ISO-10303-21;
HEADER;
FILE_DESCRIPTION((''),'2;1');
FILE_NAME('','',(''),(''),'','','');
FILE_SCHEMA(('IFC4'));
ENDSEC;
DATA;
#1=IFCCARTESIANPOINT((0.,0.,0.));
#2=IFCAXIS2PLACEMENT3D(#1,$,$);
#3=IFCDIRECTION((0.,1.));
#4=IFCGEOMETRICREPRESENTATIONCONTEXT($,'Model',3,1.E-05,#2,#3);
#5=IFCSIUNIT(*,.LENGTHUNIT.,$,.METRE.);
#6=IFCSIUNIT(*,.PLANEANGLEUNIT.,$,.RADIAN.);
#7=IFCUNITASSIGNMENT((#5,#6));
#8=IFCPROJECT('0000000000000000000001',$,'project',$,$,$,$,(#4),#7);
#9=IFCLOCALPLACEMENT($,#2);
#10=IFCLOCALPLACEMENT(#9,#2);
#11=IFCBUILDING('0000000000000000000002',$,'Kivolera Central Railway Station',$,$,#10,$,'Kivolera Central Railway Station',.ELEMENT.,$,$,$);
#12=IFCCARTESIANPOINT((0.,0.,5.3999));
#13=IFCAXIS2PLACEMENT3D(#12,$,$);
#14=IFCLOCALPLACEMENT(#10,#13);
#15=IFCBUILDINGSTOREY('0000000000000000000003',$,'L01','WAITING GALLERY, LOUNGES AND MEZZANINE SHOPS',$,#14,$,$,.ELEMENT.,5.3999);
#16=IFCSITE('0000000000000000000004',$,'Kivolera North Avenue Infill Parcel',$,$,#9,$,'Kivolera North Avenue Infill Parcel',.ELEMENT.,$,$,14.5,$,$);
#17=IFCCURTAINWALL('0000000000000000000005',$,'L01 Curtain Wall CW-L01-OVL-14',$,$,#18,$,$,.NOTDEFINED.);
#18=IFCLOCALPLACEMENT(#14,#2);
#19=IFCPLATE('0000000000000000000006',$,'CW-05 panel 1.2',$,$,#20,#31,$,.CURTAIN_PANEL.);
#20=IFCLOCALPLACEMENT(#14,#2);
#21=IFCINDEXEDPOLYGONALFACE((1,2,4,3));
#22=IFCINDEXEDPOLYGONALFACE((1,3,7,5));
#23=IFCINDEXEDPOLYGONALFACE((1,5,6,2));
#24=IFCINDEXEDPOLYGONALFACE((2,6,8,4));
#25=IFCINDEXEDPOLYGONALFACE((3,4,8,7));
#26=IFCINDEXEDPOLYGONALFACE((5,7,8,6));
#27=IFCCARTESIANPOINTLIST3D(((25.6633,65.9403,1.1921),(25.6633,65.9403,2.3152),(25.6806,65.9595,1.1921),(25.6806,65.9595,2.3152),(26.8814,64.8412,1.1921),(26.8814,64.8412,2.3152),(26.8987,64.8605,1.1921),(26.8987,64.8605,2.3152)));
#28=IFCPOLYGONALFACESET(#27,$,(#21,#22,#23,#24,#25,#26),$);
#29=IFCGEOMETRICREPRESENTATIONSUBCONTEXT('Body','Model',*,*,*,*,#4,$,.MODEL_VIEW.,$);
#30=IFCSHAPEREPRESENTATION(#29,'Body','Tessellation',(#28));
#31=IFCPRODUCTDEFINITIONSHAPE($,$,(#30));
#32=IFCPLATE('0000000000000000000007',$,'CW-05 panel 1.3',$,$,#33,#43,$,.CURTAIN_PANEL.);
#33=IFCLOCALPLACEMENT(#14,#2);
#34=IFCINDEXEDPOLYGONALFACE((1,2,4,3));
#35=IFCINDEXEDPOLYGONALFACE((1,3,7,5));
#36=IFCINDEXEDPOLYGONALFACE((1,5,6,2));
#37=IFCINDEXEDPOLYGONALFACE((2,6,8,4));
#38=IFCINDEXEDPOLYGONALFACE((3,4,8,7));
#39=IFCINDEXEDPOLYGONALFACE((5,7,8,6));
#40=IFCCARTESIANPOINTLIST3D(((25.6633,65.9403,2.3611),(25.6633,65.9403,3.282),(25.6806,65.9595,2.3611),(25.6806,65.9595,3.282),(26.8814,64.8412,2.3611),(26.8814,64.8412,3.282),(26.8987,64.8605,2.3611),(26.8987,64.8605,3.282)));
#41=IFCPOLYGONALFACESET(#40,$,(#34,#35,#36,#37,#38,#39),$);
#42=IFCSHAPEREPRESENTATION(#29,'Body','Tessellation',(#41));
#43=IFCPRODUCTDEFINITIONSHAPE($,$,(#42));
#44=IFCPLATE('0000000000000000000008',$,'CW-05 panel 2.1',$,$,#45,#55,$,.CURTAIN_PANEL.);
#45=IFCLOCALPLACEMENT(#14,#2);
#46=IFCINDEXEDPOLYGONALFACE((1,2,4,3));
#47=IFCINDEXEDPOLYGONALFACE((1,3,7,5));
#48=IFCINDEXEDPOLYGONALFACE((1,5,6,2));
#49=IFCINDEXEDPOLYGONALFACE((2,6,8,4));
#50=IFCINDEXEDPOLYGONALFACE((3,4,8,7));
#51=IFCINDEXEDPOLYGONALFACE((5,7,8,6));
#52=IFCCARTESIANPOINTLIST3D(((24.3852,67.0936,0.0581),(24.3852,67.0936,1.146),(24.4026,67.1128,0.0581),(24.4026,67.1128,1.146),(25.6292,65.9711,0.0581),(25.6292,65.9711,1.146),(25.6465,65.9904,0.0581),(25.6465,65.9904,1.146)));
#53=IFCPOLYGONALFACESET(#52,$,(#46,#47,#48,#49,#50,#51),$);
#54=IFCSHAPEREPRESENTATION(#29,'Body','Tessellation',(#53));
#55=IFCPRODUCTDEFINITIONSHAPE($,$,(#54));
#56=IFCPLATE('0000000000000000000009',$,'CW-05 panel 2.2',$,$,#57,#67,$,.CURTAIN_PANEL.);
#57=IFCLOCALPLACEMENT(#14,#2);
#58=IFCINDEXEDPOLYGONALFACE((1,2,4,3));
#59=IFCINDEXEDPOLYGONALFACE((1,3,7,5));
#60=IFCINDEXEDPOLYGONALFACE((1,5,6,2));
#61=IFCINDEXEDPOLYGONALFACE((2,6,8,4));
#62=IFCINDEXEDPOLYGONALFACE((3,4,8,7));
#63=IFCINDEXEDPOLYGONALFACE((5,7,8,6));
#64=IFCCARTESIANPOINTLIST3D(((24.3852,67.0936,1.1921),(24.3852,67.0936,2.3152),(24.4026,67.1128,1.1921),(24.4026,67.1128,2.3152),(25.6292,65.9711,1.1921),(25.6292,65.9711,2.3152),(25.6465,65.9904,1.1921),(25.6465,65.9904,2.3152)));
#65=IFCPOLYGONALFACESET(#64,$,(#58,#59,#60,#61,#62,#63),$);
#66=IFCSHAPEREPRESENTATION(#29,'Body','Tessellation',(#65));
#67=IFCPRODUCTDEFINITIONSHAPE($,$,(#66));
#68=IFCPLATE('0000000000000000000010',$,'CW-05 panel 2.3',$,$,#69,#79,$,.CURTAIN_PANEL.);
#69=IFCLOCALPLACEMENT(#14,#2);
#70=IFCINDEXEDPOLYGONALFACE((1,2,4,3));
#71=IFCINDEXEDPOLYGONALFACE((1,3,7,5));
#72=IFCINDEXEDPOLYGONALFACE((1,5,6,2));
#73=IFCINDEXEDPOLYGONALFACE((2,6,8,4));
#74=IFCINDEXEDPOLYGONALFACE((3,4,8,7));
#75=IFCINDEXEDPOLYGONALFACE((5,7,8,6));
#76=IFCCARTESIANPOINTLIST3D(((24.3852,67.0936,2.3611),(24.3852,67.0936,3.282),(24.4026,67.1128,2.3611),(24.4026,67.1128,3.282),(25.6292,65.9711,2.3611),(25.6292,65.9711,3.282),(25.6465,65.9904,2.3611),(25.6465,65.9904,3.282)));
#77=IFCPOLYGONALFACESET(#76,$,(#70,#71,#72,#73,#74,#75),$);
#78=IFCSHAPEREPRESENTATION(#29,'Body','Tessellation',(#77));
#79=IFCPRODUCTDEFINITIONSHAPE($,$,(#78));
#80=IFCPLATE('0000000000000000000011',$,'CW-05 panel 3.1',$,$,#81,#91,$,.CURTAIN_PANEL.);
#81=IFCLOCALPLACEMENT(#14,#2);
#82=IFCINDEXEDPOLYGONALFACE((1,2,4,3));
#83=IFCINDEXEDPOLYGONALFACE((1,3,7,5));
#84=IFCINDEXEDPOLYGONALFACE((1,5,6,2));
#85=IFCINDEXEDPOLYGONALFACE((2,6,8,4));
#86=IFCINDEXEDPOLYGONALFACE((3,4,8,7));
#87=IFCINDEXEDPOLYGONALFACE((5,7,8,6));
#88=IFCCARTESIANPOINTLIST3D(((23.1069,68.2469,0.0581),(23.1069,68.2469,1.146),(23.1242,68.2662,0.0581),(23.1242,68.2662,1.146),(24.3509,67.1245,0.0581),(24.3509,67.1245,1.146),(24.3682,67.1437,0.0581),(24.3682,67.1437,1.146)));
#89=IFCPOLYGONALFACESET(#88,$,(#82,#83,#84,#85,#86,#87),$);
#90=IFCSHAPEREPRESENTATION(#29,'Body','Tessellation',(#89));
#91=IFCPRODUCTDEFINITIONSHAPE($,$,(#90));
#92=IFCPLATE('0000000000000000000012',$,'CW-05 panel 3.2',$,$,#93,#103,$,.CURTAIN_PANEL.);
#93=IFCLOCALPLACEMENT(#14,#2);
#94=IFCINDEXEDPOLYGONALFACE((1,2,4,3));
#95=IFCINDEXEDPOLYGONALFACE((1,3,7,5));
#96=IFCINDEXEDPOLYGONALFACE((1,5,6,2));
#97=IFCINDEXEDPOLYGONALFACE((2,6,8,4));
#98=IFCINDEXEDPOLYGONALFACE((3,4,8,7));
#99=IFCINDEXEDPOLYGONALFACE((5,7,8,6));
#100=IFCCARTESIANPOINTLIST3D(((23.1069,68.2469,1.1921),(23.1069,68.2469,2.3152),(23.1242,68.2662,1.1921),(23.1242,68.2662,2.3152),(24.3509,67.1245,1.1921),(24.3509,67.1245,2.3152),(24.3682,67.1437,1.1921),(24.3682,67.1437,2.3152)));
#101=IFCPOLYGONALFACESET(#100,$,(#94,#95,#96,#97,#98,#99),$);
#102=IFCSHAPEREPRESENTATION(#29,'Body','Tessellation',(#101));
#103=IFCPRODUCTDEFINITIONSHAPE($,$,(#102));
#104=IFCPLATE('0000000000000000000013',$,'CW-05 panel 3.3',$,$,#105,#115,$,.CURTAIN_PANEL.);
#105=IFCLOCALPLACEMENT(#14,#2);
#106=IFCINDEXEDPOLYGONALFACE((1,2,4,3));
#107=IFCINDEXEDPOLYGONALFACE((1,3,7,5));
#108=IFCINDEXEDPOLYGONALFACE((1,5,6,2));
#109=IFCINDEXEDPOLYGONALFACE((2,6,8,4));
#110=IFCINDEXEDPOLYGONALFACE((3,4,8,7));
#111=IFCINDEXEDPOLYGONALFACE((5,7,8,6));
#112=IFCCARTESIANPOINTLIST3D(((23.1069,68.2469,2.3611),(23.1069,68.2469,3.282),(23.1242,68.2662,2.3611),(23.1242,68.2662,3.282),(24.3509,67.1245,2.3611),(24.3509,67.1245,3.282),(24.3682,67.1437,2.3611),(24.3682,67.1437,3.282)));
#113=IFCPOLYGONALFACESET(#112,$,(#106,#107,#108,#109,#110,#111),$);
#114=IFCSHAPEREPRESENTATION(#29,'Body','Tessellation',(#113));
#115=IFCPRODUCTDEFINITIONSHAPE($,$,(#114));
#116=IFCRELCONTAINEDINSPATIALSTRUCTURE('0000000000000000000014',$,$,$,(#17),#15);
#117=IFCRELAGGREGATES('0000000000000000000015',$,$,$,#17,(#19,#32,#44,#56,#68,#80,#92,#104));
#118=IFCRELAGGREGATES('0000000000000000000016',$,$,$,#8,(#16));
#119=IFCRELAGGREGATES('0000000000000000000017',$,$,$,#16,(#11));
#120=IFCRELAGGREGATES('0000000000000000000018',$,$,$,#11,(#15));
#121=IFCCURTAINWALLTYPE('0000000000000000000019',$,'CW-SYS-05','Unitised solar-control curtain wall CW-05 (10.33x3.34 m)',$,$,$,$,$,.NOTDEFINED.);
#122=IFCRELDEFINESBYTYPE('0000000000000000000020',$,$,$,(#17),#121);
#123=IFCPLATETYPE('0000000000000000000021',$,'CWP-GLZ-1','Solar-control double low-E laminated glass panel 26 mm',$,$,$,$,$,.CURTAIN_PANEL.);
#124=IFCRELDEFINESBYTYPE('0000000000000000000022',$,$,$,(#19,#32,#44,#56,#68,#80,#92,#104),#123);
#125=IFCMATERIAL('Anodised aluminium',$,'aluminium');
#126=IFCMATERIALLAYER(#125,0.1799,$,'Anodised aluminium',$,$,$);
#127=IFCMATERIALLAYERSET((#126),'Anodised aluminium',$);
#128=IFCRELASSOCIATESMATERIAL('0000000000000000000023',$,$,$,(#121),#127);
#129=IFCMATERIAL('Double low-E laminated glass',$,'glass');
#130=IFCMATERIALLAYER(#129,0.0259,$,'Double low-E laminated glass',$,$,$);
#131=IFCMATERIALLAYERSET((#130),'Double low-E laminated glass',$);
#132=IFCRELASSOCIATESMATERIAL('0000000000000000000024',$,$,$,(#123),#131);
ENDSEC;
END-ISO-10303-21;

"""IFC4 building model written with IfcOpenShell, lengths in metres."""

from ifc_helpers import new_model, si_unit, direction, frame, origin, origin_2d, place, context, subcontext, project, spatial, rectangle, extrude, material, layer, layer_set, type_object, element, aggregate, save


model = new_model("IFC4")

# Units and contexts
model_context = context("Model", 3, precision=1e-05, world=origin(), true_north=direction((0.0, 1.0)))
body_context = subcontext(model_context, "Body", "Model", "MODEL_VIEW")
ifc_project = project(units=[si_unit("LENGTHUNIT", "METRE"), si_unit("PLANEANGLEUNIT", "RADIAN")], contexts=[model_context])

# Site, building, storey
site_placement = place(None, origin())
site = spatial("IfcSite", under=ifc_project, at=site_placement, Name="Kivolera North Avenue Infill Parcel", LongName="Kivolera North Avenue Infill Parcel", CompositionType="ELEMENT", RefElevation=14.5)
building_placement = place(site_placement, origin())
building = spatial("IfcBuilding", under=site, at=building_placement, Name="Kivolera Central Railway Station", LongName="Kivolera Central Railway Station", CompositionType="ELEMENT")
storey_placement = place(building_placement, frame((0.0, 0.0, 5.3999)))
storey = spatial("IfcBuildingStorey", under=building, at=storey_placement, Name="L01", Description="WAITING GALLERY, LOUNGES AND MEZZANINE SHOPS", CompositionType="ELEMENT", Elevation=5.3999)

# Curtain wall, plates
ifc_material_1 = material(Name="Anodised aluminium", Category="aluminium")
ifc_layer_1 = layer(ifc_material_1, 0.1799, Name="Anodised aluminium")
ifc_layer_set_1 = layer_set([ifc_layer_1], Name="Anodised aluminium")
curtain_wall_type = type_object("IfcCurtainWallType", Name="CW-SYS-05", Description="Unitised solar-control curtain wall CW-05 (10.33x3.34 m)", PredefinedType="NOTDEFINED", material=ifc_layer_set_1)
curtain_wall_placement = place(storey_placement, origin())
curtain_wall = element("IfcCurtainWall", 1, at=curtain_wall_placement, inside=storey, type_object=curtain_wall_type, Name="L01 Curtain Wall CW-L01-OVL-14", PredefinedType="NOTDEFINED")
ifc_material_2 = material(Name="Double low-E laminated glass", Category="glass")
ifc_layer_2 = layer(ifc_material_2, 0.0259, Name="Double low-E laminated glass")
ifc_layer_set_2 = layer_set([ifc_layer_2], Name="Double low-E laminated glass")
plate_type = type_object("IfcPlateType", Name="CWP-GLZ-1", Description="Solar-control double low-E laminated glass panel 26 mm", PredefinedType="CURTAIN_PANEL", material=ifc_layer_set_2)
plate_1_placement = place(storey_placement, frame((26.281, 65.4004, 1.1921), z_axis=(0.0, 0.0, 1.0), x_axis=(-0.742432, 0.669922, 0.0)))
plate_1 = element("IfcPlate", 2, at=plate_1_placement, type_object=plate_type, Name="CW-05 panel 1.2", PredefinedType="CURTAIN_PANEL", context=body_context, shape_type="SweptSolid", body=[
    extrude(rectangle(XDim=1.6406, YDim=0.0259, at=origin_2d()), origin(), (0.0, 0.0, 1.0), 1.123),
])
plate_2_placement = place(storey_placement, frame((26.281, 65.4004, 2.3611), z_axis=(0.0, 0.0, 1.0), x_axis=(-0.742432, 0.669922, 0.0)))
plate_2 = element("IfcPlate", 3, at=plate_2_placement, type_object=plate_type, Name="CW-05 panel 1.3", PredefinedType="CURTAIN_PANEL", context=body_context, shape_type="SweptSolid", body=[
    extrude(rectangle(XDim=1.6406, YDim=0.0259, at=origin_2d()), origin(), (0.0, 0.0, 1.0), 0.9209),
])
plate_3_placement = place(storey_placement, frame((25.0159, 66.542, 0.0581), z_axis=(0.0, 0.0, 1.0), x_axis=(-0.742432, 0.669922, 0.0)))
plate_3 = element("IfcPlate", 4, at=plate_3_placement, type_object=plate_type, Name="CW-05 panel 2.1", PredefinedType="CURTAIN_PANEL", context=body_context, shape_type="SweptSolid", body=[
    extrude(rectangle(XDim=1.6755, YDim=0.0259, at=origin_2d()), origin(), (0.0, 0.0, 1.0), 1.0879),
])
plate_4_placement = place(storey_placement, frame((25.0159, 66.542, 1.1921), z_axis=(0.0, 0.0, 1.0), x_axis=(-0.742432, 0.669922, 0.0)))
plate_4 = element("IfcPlate", 5, at=plate_4_placement, type_object=plate_type, Name="CW-05 panel 2.2", PredefinedType="CURTAIN_PANEL", context=body_context, shape_type="SweptSolid", body=[
    extrude(rectangle(XDim=1.6755, YDim=0.0259, at=origin_2d()), origin(), (0.0, 0.0, 1.0), 1.123),
])
plate_5_placement = place(storey_placement, frame((25.0159, 66.542, 2.3611), z_axis=(0.0, 0.0, 1.0), x_axis=(-0.742432, 0.669922, 0.0)))
plate_5 = element("IfcPlate", 6, at=plate_5_placement, type_object=plate_type, Name="CW-05 panel 2.3", PredefinedType="CURTAIN_PANEL", context=body_context, shape_type="SweptSolid", body=[
    extrude(rectangle(XDim=1.6755, YDim=0.0259, at=origin_2d()), origin(), (0.0, 0.0, 1.0), 0.9209),
])
plate_6_placement = place(storey_placement, frame((23.7375, 67.6953, 0.0581), z_axis=(0.0, 0.0, 1.0), x_axis=(-0.742432, 0.669922, 0.0)))
plate_6 = element("IfcPlate", 7, at=plate_6_placement, type_object=plate_type, Name="CW-05 panel 3.1", PredefinedType="CURTAIN_PANEL", context=body_context, shape_type="SweptSolid", body=[
    extrude(rectangle(XDim=1.6755, YDim=0.0259, at=origin_2d()), origin(), (0.0, 0.0, 1.0), 1.0879),
])
plate_7_placement = place(storey_placement, frame((23.7375, 67.6953, 1.1921), z_axis=(0.0, 0.0, 1.0), x_axis=(-0.742432, 0.669922, 0.0)))
plate_7 = element("IfcPlate", 8, at=plate_7_placement, type_object=plate_type, Name="CW-05 panel 3.2", PredefinedType="CURTAIN_PANEL", context=body_context, shape_type="SweptSolid", body=[
    extrude(rectangle(XDim=1.6755, YDim=0.0259, at=origin_2d()), origin(), (0.0, 0.0, 1.0), 1.123),
])
plate_8_placement = place(storey_placement, frame((23.7375, 67.6953, 2.3611), z_axis=(0.0, 0.0, 1.0), x_axis=(-0.742432, 0.669922, 0.0)))
plate_8 = element("IfcPlate", 9, at=plate_8_placement, type_object=plate_type, Name="CW-05 panel 3.3", PredefinedType="CURTAIN_PANEL", context=body_context, shape_type="SweptSolid", body=[
    extrude(rectangle(XDim=1.6755, YDim=0.0259, at=origin_2d()), origin(), (0.0, 0.0, 1.0), 0.9209),
])
aggregate(curtain_wall, [plate_1, plate_2, plate_3, plate_4, plate_5, plate_6, plate_7, plate_8])

save(model, "model.ifc")
